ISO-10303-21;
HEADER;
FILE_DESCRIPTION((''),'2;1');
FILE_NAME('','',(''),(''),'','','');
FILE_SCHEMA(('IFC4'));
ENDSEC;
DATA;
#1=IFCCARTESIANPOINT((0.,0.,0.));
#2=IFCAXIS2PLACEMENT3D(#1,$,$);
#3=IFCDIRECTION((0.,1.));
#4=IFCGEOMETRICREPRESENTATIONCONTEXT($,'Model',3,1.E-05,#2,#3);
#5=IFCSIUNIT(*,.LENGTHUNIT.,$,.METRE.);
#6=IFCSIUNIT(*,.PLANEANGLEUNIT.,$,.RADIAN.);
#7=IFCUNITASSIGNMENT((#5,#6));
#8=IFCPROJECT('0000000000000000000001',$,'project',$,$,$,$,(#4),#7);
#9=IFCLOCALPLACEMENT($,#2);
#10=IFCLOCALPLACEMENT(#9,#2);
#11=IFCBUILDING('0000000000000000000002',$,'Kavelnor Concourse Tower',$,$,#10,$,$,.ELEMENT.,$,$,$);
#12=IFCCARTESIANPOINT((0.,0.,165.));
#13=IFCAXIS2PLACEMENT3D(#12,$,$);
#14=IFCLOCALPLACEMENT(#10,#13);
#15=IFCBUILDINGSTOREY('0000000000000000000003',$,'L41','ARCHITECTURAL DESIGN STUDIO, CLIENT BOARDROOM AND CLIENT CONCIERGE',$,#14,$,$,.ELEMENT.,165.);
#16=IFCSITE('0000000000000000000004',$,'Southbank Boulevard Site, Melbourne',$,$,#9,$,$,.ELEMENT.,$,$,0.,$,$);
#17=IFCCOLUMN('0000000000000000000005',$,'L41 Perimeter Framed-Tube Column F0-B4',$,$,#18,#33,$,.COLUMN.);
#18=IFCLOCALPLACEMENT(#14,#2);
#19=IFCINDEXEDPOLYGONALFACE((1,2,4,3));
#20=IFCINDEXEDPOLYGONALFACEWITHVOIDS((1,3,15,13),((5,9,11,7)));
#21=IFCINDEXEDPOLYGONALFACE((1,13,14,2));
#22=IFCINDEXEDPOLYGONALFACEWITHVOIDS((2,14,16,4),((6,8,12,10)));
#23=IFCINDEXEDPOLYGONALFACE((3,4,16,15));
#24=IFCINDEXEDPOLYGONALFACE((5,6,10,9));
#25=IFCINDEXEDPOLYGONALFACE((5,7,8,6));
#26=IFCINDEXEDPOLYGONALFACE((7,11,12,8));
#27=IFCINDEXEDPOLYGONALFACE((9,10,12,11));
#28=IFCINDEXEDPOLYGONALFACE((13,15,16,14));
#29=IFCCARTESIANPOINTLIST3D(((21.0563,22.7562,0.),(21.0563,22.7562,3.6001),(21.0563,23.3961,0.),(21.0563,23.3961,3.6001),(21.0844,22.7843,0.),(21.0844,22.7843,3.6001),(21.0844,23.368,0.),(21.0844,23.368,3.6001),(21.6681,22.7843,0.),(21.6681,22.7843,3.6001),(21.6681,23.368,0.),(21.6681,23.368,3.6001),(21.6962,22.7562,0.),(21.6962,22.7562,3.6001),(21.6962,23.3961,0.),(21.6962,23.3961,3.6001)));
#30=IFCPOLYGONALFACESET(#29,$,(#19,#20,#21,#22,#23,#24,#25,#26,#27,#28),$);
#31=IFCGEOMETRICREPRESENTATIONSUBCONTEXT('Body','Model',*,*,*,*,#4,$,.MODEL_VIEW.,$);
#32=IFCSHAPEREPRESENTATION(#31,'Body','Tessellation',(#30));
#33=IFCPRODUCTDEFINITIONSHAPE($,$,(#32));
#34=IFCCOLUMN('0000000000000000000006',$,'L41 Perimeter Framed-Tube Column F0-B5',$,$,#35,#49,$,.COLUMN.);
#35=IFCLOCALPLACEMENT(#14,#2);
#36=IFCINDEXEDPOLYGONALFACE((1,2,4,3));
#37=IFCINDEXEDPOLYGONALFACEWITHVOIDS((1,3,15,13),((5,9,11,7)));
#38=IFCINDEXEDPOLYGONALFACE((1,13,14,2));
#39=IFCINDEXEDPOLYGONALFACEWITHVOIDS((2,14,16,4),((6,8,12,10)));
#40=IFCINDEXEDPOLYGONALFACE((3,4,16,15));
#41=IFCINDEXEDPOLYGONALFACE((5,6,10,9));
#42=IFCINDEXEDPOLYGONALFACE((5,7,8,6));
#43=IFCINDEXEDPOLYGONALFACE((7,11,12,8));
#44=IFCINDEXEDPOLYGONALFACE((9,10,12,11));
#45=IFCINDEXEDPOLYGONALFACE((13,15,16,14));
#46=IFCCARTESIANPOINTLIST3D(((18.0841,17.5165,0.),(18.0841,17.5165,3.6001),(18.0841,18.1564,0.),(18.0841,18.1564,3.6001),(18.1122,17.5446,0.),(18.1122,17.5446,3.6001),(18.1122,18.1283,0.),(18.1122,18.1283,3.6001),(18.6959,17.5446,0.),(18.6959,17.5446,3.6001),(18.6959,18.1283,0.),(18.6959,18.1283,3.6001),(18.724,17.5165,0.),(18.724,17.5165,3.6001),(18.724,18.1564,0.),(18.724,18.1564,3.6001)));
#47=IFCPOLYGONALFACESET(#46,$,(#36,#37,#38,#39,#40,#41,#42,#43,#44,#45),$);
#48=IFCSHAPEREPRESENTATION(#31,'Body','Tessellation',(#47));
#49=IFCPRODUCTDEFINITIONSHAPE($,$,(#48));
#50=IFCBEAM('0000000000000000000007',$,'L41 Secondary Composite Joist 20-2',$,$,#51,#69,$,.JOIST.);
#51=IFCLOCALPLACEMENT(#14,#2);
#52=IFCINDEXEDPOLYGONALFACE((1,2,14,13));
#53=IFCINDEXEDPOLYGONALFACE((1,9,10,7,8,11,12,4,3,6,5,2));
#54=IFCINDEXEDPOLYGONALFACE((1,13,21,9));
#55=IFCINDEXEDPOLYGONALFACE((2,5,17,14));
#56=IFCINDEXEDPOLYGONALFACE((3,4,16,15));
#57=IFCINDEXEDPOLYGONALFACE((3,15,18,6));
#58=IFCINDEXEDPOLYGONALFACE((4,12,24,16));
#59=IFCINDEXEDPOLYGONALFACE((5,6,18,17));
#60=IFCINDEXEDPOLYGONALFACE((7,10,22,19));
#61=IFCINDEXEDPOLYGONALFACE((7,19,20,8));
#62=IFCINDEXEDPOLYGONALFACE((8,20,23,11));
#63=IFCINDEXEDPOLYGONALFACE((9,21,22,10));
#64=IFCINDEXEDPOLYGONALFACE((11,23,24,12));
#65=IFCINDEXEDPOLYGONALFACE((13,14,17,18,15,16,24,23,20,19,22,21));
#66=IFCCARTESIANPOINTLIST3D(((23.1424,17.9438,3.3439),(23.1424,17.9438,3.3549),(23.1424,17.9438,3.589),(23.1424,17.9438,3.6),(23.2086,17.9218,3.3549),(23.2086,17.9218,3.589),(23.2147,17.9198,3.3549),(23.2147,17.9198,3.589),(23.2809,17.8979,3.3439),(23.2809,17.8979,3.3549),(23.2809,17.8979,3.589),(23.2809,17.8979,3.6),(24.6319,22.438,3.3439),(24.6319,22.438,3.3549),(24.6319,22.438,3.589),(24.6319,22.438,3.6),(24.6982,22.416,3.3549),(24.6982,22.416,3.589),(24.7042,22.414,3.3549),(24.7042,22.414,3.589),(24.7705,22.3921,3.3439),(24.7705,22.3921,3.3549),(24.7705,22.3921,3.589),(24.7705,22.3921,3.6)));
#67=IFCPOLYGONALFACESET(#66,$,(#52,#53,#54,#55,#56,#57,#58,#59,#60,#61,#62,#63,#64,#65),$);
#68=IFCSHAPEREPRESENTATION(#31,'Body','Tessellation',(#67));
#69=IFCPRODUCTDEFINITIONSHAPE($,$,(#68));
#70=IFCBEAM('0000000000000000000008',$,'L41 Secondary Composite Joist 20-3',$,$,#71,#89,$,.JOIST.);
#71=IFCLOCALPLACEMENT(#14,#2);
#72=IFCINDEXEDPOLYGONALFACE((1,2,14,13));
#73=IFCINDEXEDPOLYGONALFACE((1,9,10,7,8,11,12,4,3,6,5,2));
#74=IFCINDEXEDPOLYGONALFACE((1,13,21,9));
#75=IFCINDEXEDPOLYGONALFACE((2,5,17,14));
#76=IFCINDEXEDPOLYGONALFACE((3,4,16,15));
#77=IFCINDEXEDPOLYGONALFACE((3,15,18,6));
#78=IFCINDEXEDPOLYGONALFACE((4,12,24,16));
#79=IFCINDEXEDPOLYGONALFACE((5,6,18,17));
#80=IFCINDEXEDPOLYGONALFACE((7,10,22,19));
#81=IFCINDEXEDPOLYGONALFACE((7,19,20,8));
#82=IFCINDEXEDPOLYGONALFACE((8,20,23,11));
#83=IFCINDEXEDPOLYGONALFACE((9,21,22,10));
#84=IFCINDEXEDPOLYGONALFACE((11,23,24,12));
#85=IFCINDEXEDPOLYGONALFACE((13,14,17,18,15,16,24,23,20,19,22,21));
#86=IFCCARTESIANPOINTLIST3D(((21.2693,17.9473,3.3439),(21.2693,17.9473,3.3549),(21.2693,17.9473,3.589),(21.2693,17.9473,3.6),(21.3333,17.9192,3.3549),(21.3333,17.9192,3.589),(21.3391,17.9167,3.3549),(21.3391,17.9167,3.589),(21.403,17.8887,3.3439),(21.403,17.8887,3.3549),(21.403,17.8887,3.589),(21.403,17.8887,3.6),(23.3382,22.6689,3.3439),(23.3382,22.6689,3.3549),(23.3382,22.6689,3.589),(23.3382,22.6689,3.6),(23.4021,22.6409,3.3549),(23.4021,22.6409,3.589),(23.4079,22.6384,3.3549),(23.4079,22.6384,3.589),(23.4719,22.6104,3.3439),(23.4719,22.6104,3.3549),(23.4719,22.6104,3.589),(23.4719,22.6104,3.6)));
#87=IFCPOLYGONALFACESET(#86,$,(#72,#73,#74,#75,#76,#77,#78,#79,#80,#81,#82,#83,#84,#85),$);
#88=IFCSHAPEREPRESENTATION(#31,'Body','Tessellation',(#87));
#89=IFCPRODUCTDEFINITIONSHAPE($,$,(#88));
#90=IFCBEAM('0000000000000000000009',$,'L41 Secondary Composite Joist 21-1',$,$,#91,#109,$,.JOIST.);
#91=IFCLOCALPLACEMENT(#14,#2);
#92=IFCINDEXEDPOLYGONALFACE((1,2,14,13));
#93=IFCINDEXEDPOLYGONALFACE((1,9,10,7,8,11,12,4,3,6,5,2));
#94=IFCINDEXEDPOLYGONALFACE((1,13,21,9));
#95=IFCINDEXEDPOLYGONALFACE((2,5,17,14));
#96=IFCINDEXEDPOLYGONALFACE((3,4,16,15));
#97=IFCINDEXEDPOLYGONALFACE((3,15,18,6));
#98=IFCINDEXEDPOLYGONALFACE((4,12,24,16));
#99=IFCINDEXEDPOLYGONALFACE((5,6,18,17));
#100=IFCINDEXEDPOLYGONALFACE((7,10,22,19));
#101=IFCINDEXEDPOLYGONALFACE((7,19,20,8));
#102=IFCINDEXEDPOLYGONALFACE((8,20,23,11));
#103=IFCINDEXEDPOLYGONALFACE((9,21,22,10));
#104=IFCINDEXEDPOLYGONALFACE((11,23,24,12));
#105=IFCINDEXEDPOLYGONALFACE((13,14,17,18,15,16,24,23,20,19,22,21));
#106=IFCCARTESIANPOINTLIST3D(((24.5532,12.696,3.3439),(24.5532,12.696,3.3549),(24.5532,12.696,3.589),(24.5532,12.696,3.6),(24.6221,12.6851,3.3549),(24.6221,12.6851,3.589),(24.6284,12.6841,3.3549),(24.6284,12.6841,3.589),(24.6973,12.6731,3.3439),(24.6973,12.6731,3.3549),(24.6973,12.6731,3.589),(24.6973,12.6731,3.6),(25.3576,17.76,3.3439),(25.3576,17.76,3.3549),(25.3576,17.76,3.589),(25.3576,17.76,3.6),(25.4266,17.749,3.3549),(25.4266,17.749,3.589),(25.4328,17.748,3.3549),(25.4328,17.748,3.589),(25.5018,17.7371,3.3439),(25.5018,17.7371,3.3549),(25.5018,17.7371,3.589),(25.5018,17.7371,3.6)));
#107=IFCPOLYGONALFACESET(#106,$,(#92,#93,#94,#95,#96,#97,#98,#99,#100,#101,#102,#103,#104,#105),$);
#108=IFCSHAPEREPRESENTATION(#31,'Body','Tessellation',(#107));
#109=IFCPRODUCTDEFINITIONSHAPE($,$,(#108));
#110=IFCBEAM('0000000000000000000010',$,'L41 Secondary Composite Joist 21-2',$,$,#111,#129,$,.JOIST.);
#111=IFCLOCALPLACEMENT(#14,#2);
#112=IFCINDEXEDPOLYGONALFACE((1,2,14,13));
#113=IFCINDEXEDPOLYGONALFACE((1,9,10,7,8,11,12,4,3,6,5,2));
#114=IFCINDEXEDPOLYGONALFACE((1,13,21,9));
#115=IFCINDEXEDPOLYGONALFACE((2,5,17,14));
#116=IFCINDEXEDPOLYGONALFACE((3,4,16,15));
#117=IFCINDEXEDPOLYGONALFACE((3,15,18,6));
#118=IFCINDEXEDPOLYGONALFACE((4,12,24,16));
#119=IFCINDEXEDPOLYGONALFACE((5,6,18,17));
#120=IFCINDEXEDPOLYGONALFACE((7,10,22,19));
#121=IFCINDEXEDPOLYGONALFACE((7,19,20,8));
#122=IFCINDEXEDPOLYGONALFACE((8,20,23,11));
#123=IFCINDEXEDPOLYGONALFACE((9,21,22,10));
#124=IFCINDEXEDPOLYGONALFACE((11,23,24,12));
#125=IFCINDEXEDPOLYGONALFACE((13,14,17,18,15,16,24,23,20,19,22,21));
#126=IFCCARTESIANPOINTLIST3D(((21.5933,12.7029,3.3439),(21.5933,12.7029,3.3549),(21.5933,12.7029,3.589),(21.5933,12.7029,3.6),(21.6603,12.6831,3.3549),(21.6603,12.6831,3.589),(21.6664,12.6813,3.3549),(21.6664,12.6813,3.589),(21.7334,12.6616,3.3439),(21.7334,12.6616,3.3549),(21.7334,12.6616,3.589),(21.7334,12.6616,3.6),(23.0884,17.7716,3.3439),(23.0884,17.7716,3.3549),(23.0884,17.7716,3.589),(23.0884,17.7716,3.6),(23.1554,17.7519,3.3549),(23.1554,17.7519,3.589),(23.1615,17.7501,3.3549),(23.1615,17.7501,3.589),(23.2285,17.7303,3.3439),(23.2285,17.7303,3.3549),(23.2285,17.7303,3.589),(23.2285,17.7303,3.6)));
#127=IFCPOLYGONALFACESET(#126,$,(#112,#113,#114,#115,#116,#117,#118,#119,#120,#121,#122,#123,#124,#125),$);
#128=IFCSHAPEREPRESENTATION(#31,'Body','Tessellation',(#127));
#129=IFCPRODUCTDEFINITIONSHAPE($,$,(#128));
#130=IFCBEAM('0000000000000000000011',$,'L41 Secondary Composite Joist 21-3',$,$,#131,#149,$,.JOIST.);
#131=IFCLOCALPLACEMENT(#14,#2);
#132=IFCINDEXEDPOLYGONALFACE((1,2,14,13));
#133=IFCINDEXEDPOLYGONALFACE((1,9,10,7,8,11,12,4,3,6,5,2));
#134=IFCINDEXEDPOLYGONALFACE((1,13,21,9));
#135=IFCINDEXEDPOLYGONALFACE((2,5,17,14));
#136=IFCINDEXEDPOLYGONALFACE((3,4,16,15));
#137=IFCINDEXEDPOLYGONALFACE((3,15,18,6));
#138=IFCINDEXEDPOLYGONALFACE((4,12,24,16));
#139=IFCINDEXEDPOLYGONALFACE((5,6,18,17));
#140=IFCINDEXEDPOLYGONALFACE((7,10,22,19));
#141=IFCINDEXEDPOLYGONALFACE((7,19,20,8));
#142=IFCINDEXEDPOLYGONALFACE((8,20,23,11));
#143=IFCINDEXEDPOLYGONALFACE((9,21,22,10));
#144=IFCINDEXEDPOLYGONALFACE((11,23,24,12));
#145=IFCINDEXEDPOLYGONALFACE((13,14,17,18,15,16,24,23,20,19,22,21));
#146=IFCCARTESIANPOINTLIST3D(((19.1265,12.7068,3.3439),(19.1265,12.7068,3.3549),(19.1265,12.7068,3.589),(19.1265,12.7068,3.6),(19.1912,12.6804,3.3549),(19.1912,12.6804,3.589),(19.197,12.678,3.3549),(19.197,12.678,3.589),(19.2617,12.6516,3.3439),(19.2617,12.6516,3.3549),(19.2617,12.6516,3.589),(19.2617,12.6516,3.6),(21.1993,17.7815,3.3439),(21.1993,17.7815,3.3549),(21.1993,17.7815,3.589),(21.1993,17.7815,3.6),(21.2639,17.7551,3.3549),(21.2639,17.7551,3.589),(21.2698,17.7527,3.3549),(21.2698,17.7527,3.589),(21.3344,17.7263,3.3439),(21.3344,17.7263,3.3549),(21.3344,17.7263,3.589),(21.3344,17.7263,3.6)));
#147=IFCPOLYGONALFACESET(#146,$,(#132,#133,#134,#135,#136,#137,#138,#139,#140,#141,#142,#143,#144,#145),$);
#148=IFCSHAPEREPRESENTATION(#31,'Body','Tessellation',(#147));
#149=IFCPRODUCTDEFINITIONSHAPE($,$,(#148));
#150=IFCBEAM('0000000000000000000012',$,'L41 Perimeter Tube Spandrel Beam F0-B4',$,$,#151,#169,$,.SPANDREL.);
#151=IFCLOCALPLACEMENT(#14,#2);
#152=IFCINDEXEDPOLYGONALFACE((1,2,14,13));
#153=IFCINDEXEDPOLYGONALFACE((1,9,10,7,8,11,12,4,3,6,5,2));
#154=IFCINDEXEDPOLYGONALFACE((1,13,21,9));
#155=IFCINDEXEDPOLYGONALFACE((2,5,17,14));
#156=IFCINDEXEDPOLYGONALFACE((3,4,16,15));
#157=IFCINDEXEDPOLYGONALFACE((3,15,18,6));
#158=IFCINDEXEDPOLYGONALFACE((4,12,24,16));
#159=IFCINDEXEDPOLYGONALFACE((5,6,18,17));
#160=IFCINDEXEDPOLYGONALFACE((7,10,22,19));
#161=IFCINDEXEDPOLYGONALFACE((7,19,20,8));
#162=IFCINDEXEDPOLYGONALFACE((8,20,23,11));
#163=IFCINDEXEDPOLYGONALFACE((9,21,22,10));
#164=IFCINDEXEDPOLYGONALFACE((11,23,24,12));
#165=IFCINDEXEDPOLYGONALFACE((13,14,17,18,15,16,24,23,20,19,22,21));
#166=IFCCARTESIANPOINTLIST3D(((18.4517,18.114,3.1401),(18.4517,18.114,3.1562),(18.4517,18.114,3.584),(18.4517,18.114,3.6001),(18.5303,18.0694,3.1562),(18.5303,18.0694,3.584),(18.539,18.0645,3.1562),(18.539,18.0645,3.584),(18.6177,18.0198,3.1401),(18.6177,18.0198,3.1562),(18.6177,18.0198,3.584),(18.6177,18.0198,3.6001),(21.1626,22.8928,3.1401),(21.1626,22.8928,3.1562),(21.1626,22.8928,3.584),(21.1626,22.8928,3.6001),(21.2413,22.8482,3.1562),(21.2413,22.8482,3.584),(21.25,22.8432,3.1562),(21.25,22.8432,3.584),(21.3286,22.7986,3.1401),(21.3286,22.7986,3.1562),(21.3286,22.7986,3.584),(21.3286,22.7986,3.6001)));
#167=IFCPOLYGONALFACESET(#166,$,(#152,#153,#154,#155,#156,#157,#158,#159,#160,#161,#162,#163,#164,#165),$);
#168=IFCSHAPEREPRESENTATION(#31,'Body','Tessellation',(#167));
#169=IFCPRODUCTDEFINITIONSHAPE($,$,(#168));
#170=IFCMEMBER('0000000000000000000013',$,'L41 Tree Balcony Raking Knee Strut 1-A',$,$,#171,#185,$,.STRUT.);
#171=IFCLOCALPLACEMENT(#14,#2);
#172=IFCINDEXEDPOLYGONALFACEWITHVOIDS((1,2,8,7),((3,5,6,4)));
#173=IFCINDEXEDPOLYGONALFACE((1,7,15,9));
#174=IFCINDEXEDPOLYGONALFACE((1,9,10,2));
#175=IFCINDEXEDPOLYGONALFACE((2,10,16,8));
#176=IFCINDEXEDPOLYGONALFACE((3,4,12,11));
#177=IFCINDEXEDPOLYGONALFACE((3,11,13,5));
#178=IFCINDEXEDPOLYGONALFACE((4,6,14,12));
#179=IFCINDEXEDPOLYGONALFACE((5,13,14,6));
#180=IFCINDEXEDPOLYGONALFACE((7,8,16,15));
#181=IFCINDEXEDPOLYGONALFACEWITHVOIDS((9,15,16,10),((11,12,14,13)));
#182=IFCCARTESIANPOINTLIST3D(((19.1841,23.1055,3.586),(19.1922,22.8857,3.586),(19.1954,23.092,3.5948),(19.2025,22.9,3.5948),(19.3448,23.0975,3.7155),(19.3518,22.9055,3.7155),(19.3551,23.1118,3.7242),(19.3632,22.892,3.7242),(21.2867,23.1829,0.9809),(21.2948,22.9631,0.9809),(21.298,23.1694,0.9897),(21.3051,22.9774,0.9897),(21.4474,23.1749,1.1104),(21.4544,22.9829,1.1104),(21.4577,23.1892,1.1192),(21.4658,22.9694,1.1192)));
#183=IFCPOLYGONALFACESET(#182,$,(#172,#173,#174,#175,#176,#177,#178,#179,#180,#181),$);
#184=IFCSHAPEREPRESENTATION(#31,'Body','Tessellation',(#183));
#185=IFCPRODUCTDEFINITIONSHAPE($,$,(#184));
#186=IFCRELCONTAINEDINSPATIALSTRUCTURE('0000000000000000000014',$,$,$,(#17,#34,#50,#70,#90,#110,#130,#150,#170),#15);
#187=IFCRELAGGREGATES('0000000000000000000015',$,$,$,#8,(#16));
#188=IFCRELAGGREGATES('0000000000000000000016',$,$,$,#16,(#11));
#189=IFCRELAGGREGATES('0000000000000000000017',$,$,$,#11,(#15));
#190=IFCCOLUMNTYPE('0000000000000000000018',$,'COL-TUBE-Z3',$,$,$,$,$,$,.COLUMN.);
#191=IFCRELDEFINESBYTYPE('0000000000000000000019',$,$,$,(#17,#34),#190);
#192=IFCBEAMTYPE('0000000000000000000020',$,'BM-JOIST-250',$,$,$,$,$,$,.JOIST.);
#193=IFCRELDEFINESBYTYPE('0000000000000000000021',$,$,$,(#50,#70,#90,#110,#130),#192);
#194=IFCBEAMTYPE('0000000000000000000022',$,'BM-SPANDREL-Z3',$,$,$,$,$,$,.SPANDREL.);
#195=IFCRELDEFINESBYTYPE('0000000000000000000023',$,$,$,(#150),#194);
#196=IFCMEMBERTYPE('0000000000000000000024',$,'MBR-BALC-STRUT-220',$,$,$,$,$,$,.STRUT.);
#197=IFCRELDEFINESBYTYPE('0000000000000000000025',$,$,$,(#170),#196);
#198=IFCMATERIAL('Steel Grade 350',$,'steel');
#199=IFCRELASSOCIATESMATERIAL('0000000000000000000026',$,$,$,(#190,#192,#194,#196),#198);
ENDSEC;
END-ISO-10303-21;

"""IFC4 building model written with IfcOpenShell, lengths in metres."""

from ifc_helpers import new_model, si_unit, direction, frame, origin, origin_2d, place, context, subcontext, project, spatial, hollow_rectangle, i_section, extrude, material, material_profile, profile_set, type_object, element, save


model = new_model("IFC4")

# Units and contexts
model_context = context("Model", 3, precision=1e-05, world=origin(), true_north=direction((0.0, 1.0)))
body_context = subcontext(model_context, "Body", "Model", "MODEL_VIEW")
ifc_project = project(units=[si_unit("LENGTHUNIT", "METRE"), si_unit("PLANEANGLEUNIT", "RADIAN")], contexts=[model_context])

# Site, building, storey
site_placement = place(None, origin())
site = spatial("IfcSite", under=ifc_project, at=site_placement, Name="Southbank Boulevard Site, Melbourne", CompositionType="ELEMENT", RefElevation=0.0)
building_placement = place(site_placement, origin())
building = spatial("IfcBuilding", under=site, at=building_placement, Name="Kavelnor Concourse Tower", CompositionType="ELEMENT")
storey_placement = place(building_placement, frame((0.0, 0.0, 165.0)))
storey = spatial("IfcBuildingStorey", under=building, at=storey_placement, Name="L41", Description="ARCHITECTURAL DESIGN STUDIO, CLIENT BOARDROOM AND CLIENT CONCIERGE", CompositionType="ELEMENT", Elevation=165.0)

# Columns
ifc_material_1 = material(Name="Steel Grade 350", Category="steel")
ifc_material_profile_1 = material_profile(ifc_material_1, hollow_rectangle(XDim=0.6399, YDim=0.6399, WallThickness=0.0281, at=origin_2d()), Name="SHS 640x640x28")
ifc_profile_set_1 = profile_set([ifc_material_profile_1], Name="Steel Grade 350")
column_type = type_object("IfcColumnType", Name="COL-TUBE-Z3", PredefinedType="COLUMN", material=ifc_profile_set_1)
for number, where, z_axis, x_axis, name in (
    (1, (21.3762, 23.0762, 0.0), (0.0, 0.0, 1.0), (1.0, 0.0, 0.0), "L41 Perimeter Framed-Tube Column F0-B4"),
    (2, (18.4041, 17.8364, 0.0), (0.0, 0.0, 1.0), (1.0, 0.0, 0.0), "L41 Perimeter Framed-Tube Column F0-B5"),
):
    element("IfcColumn", number, at=place(storey_placement, frame(where, z_axis=z_axis, x_axis=x_axis)), inside=storey, type_object=column_type, Name=name, PredefinedType="COLUMN", context=body_context, shape_type="SweptSolid", body=[
        extrude(hollow_rectangle(XDim=0.6399, YDim=0.6399, WallThickness=0.0281, at=origin_2d()), origin(), (0.0, 0.0, 1.0), 3.6001),
    ])

# Beams
ifc_material_profile_2 = material_profile(ifc_material_1, i_section(OverallWidth=0.146, OverallDepth=0.2561, WebThickness=0.0063, FlangeThickness=0.011, at=origin_2d()), Name="250UB37")
ifc_profile_set_2 = profile_set([ifc_material_profile_2], Name="Steel Grade 350")
beam_type_1 = type_object("IfcBeamType", Name="BM-JOIST-250", PredefinedType="JOIST", material=ifc_profile_set_2)
beam_1_placement = place(storey_placement, frame((24.7012, 22.415, 3.4719), z_axis=(-0.314603, -0.949223, 0.0), x_axis=(0.949223, -0.314603, 0.0)))
element("IfcBeam", 3, at=beam_1_placement, inside=storey, type_object=beam_type_1, Name="L41 Secondary Composite Joist 20-2", PredefinedType="JOIST", context=body_context, shape_type="SweptSolid", body=[
    extrude(i_section(OverallWidth=0.146, OverallDepth=0.2561, WebThickness=0.0063, FlangeThickness=0.011, at=origin_2d()), origin(), (0.0, 0.0, 1.0), 4.7346),
])
beam_2_placement = place(storey_placement, frame((23.405, 22.6396, 3.4719), z_axis=(-0.401326, -0.915935, 0.0), x_axis=(0.915935, -0.401326, 0.0)))
element("IfcBeam", 4, at=beam_2_placement, inside=storey, type_object=beam_type_1, Name="L41 Secondary Composite Joist 20-3", PredefinedType="JOIST", context=body_context, shape_type="SweptSolid", body=[
    extrude(i_section(OverallWidth=0.146, OverallDepth=0.2561, WebThickness=0.0063, FlangeThickness=0.011, at=origin_2d()), origin(), (0.0, 0.0, 1.0), 5.155),
])
beam_3_placement = place(storey_placement, frame((25.4297, 17.7485, 3.4719), z_axis=(-0.156889, -0.987616, 0.0), x_axis=(0.987616, -0.156889, 0.0)))
element("IfcBeam", 5, at=beam_3_placement, inside=storey, type_object=beam_type_1, Name="L41 Secondary Composite Joist 21-1", PredefinedType="JOIST", context=body_context, shape_type="SweptSolid", body=[
    extrude(i_section(OverallWidth=0.146, OverallDepth=0.2561, WebThickness=0.0063, FlangeThickness=0.011, at=origin_2d()), origin(), (0.0, 0.0, 1.0), 5.1274),
])
beam_4_placement = place(storey_placement, frame((23.1584, 17.751, 3.4719), z_axis=(-0.282912, -0.959146, 0.0), x_axis=(0.959146, -0.282912, 0.0)))
element("IfcBeam", 6, at=beam_4_placement, inside=storey, type_object=beam_type_1, Name="L41 Secondary Composite Joist 21-2", PredefinedType="JOIST", context=body_context, shape_type="SweptSolid", body=[
    extrude(i_section(OverallWidth=0.146, OverallDepth=0.2561, WebThickness=0.0063, FlangeThickness=0.011, at=origin_2d()), origin(), (0.0, 0.0, 1.0), 5.2847),
])
beam_5_placement = place(storey_placement, frame((21.2668, 17.7539, 3.4719), z_axis=(-0.378123, -0.925755, 0.0), x_axis=(0.925755, -0.378123, 0.0)))
element("IfcBeam", 7, at=beam_5_placement, inside=storey, type_object=beam_type_1, Name="L41 Secondary Composite Joist 21-3", PredefinedType="JOIST", context=body_context, shape_type="SweptSolid", body=[
    extrude(i_section(OverallWidth=0.146, OverallDepth=0.2561, WebThickness=0.0063, FlangeThickness=0.011, at=origin_2d()), origin(), (0.0, 0.0, 1.0), 5.4817),
])
ifc_material_profile_3 = material_profile(ifc_material_1, i_section(OverallWidth=0.1909, OverallDepth=0.46, WebThickness=0.01, FlangeThickness=0.0161, at=origin_2d()), Name="460UB82")
ifc_profile_set_3 = profile_set([ifc_material_profile_3], Name="Steel Grade 350")
beam_type_2 = type_object("IfcBeamType", Name="BM-SPANDREL-Z3", PredefinedType="SPANDREL", material=ifc_profile_set_3)
beam_6_placement = place(storey_placement, frame((21.2456, 22.8457, 3.3701), z_axis=(-0.493418, -0.869792, 0.0), x_axis=(0.869792, -0.493418, 0.0)))
element("IfcBeam", 8, at=beam_6_placement, inside=storey, type_object=beam_type_2, Name="L41 Perimeter Tube Spandrel Beam F0-B4", PredefinedType="SPANDREL", context=body_context, shape_type="SweptSolid", body=[
    extrude(i_section(OverallWidth=0.1909, OverallDepth=0.46, WebThickness=0.01, FlangeThickness=0.0161, at=origin_2d()), origin(), (0.0, 0.0, 1.0), 5.4941),
])

# Member
ifc_material_profile_4 = material_profile(ifc_material_1, hollow_rectangle(XDim=0.22, YDim=0.22, WallThickness=0.0139, at=origin_2d()), Name="SHS 220x220x14")
ifc_profile_set_4 = profile_set([ifc_material_profile_4], Name="Steel Grade 350")
member_type = type_object("IfcMemberType", Name="MBR-BALC-STRUT-220", PredefinedType="STRUT", material=ifc_profile_set_4)
member_1_placement = place(storey_placement, frame((21.3762, 23.0762, 1.05), z_axis=(-0.627901, -0.023112, 0.77795), x_axis=(0.036784, -0.999323, 0.0)))
element("IfcMember", 9, at=member_1_placement, inside=storey, type_object=member_type, Name="L41 Tree Balcony Raking Knee Strut 1-A", PredefinedType="STRUT", context=body_context, shape_type="SweptSolid", body=[
    extrude(hollow_rectangle(XDim=0.22, YDim=0.22, WallThickness=0.0139, at=origin_2d()), origin(), (0.0, 0.0, 1.0), 3.3486),
])

save(model, "model.ifc")
